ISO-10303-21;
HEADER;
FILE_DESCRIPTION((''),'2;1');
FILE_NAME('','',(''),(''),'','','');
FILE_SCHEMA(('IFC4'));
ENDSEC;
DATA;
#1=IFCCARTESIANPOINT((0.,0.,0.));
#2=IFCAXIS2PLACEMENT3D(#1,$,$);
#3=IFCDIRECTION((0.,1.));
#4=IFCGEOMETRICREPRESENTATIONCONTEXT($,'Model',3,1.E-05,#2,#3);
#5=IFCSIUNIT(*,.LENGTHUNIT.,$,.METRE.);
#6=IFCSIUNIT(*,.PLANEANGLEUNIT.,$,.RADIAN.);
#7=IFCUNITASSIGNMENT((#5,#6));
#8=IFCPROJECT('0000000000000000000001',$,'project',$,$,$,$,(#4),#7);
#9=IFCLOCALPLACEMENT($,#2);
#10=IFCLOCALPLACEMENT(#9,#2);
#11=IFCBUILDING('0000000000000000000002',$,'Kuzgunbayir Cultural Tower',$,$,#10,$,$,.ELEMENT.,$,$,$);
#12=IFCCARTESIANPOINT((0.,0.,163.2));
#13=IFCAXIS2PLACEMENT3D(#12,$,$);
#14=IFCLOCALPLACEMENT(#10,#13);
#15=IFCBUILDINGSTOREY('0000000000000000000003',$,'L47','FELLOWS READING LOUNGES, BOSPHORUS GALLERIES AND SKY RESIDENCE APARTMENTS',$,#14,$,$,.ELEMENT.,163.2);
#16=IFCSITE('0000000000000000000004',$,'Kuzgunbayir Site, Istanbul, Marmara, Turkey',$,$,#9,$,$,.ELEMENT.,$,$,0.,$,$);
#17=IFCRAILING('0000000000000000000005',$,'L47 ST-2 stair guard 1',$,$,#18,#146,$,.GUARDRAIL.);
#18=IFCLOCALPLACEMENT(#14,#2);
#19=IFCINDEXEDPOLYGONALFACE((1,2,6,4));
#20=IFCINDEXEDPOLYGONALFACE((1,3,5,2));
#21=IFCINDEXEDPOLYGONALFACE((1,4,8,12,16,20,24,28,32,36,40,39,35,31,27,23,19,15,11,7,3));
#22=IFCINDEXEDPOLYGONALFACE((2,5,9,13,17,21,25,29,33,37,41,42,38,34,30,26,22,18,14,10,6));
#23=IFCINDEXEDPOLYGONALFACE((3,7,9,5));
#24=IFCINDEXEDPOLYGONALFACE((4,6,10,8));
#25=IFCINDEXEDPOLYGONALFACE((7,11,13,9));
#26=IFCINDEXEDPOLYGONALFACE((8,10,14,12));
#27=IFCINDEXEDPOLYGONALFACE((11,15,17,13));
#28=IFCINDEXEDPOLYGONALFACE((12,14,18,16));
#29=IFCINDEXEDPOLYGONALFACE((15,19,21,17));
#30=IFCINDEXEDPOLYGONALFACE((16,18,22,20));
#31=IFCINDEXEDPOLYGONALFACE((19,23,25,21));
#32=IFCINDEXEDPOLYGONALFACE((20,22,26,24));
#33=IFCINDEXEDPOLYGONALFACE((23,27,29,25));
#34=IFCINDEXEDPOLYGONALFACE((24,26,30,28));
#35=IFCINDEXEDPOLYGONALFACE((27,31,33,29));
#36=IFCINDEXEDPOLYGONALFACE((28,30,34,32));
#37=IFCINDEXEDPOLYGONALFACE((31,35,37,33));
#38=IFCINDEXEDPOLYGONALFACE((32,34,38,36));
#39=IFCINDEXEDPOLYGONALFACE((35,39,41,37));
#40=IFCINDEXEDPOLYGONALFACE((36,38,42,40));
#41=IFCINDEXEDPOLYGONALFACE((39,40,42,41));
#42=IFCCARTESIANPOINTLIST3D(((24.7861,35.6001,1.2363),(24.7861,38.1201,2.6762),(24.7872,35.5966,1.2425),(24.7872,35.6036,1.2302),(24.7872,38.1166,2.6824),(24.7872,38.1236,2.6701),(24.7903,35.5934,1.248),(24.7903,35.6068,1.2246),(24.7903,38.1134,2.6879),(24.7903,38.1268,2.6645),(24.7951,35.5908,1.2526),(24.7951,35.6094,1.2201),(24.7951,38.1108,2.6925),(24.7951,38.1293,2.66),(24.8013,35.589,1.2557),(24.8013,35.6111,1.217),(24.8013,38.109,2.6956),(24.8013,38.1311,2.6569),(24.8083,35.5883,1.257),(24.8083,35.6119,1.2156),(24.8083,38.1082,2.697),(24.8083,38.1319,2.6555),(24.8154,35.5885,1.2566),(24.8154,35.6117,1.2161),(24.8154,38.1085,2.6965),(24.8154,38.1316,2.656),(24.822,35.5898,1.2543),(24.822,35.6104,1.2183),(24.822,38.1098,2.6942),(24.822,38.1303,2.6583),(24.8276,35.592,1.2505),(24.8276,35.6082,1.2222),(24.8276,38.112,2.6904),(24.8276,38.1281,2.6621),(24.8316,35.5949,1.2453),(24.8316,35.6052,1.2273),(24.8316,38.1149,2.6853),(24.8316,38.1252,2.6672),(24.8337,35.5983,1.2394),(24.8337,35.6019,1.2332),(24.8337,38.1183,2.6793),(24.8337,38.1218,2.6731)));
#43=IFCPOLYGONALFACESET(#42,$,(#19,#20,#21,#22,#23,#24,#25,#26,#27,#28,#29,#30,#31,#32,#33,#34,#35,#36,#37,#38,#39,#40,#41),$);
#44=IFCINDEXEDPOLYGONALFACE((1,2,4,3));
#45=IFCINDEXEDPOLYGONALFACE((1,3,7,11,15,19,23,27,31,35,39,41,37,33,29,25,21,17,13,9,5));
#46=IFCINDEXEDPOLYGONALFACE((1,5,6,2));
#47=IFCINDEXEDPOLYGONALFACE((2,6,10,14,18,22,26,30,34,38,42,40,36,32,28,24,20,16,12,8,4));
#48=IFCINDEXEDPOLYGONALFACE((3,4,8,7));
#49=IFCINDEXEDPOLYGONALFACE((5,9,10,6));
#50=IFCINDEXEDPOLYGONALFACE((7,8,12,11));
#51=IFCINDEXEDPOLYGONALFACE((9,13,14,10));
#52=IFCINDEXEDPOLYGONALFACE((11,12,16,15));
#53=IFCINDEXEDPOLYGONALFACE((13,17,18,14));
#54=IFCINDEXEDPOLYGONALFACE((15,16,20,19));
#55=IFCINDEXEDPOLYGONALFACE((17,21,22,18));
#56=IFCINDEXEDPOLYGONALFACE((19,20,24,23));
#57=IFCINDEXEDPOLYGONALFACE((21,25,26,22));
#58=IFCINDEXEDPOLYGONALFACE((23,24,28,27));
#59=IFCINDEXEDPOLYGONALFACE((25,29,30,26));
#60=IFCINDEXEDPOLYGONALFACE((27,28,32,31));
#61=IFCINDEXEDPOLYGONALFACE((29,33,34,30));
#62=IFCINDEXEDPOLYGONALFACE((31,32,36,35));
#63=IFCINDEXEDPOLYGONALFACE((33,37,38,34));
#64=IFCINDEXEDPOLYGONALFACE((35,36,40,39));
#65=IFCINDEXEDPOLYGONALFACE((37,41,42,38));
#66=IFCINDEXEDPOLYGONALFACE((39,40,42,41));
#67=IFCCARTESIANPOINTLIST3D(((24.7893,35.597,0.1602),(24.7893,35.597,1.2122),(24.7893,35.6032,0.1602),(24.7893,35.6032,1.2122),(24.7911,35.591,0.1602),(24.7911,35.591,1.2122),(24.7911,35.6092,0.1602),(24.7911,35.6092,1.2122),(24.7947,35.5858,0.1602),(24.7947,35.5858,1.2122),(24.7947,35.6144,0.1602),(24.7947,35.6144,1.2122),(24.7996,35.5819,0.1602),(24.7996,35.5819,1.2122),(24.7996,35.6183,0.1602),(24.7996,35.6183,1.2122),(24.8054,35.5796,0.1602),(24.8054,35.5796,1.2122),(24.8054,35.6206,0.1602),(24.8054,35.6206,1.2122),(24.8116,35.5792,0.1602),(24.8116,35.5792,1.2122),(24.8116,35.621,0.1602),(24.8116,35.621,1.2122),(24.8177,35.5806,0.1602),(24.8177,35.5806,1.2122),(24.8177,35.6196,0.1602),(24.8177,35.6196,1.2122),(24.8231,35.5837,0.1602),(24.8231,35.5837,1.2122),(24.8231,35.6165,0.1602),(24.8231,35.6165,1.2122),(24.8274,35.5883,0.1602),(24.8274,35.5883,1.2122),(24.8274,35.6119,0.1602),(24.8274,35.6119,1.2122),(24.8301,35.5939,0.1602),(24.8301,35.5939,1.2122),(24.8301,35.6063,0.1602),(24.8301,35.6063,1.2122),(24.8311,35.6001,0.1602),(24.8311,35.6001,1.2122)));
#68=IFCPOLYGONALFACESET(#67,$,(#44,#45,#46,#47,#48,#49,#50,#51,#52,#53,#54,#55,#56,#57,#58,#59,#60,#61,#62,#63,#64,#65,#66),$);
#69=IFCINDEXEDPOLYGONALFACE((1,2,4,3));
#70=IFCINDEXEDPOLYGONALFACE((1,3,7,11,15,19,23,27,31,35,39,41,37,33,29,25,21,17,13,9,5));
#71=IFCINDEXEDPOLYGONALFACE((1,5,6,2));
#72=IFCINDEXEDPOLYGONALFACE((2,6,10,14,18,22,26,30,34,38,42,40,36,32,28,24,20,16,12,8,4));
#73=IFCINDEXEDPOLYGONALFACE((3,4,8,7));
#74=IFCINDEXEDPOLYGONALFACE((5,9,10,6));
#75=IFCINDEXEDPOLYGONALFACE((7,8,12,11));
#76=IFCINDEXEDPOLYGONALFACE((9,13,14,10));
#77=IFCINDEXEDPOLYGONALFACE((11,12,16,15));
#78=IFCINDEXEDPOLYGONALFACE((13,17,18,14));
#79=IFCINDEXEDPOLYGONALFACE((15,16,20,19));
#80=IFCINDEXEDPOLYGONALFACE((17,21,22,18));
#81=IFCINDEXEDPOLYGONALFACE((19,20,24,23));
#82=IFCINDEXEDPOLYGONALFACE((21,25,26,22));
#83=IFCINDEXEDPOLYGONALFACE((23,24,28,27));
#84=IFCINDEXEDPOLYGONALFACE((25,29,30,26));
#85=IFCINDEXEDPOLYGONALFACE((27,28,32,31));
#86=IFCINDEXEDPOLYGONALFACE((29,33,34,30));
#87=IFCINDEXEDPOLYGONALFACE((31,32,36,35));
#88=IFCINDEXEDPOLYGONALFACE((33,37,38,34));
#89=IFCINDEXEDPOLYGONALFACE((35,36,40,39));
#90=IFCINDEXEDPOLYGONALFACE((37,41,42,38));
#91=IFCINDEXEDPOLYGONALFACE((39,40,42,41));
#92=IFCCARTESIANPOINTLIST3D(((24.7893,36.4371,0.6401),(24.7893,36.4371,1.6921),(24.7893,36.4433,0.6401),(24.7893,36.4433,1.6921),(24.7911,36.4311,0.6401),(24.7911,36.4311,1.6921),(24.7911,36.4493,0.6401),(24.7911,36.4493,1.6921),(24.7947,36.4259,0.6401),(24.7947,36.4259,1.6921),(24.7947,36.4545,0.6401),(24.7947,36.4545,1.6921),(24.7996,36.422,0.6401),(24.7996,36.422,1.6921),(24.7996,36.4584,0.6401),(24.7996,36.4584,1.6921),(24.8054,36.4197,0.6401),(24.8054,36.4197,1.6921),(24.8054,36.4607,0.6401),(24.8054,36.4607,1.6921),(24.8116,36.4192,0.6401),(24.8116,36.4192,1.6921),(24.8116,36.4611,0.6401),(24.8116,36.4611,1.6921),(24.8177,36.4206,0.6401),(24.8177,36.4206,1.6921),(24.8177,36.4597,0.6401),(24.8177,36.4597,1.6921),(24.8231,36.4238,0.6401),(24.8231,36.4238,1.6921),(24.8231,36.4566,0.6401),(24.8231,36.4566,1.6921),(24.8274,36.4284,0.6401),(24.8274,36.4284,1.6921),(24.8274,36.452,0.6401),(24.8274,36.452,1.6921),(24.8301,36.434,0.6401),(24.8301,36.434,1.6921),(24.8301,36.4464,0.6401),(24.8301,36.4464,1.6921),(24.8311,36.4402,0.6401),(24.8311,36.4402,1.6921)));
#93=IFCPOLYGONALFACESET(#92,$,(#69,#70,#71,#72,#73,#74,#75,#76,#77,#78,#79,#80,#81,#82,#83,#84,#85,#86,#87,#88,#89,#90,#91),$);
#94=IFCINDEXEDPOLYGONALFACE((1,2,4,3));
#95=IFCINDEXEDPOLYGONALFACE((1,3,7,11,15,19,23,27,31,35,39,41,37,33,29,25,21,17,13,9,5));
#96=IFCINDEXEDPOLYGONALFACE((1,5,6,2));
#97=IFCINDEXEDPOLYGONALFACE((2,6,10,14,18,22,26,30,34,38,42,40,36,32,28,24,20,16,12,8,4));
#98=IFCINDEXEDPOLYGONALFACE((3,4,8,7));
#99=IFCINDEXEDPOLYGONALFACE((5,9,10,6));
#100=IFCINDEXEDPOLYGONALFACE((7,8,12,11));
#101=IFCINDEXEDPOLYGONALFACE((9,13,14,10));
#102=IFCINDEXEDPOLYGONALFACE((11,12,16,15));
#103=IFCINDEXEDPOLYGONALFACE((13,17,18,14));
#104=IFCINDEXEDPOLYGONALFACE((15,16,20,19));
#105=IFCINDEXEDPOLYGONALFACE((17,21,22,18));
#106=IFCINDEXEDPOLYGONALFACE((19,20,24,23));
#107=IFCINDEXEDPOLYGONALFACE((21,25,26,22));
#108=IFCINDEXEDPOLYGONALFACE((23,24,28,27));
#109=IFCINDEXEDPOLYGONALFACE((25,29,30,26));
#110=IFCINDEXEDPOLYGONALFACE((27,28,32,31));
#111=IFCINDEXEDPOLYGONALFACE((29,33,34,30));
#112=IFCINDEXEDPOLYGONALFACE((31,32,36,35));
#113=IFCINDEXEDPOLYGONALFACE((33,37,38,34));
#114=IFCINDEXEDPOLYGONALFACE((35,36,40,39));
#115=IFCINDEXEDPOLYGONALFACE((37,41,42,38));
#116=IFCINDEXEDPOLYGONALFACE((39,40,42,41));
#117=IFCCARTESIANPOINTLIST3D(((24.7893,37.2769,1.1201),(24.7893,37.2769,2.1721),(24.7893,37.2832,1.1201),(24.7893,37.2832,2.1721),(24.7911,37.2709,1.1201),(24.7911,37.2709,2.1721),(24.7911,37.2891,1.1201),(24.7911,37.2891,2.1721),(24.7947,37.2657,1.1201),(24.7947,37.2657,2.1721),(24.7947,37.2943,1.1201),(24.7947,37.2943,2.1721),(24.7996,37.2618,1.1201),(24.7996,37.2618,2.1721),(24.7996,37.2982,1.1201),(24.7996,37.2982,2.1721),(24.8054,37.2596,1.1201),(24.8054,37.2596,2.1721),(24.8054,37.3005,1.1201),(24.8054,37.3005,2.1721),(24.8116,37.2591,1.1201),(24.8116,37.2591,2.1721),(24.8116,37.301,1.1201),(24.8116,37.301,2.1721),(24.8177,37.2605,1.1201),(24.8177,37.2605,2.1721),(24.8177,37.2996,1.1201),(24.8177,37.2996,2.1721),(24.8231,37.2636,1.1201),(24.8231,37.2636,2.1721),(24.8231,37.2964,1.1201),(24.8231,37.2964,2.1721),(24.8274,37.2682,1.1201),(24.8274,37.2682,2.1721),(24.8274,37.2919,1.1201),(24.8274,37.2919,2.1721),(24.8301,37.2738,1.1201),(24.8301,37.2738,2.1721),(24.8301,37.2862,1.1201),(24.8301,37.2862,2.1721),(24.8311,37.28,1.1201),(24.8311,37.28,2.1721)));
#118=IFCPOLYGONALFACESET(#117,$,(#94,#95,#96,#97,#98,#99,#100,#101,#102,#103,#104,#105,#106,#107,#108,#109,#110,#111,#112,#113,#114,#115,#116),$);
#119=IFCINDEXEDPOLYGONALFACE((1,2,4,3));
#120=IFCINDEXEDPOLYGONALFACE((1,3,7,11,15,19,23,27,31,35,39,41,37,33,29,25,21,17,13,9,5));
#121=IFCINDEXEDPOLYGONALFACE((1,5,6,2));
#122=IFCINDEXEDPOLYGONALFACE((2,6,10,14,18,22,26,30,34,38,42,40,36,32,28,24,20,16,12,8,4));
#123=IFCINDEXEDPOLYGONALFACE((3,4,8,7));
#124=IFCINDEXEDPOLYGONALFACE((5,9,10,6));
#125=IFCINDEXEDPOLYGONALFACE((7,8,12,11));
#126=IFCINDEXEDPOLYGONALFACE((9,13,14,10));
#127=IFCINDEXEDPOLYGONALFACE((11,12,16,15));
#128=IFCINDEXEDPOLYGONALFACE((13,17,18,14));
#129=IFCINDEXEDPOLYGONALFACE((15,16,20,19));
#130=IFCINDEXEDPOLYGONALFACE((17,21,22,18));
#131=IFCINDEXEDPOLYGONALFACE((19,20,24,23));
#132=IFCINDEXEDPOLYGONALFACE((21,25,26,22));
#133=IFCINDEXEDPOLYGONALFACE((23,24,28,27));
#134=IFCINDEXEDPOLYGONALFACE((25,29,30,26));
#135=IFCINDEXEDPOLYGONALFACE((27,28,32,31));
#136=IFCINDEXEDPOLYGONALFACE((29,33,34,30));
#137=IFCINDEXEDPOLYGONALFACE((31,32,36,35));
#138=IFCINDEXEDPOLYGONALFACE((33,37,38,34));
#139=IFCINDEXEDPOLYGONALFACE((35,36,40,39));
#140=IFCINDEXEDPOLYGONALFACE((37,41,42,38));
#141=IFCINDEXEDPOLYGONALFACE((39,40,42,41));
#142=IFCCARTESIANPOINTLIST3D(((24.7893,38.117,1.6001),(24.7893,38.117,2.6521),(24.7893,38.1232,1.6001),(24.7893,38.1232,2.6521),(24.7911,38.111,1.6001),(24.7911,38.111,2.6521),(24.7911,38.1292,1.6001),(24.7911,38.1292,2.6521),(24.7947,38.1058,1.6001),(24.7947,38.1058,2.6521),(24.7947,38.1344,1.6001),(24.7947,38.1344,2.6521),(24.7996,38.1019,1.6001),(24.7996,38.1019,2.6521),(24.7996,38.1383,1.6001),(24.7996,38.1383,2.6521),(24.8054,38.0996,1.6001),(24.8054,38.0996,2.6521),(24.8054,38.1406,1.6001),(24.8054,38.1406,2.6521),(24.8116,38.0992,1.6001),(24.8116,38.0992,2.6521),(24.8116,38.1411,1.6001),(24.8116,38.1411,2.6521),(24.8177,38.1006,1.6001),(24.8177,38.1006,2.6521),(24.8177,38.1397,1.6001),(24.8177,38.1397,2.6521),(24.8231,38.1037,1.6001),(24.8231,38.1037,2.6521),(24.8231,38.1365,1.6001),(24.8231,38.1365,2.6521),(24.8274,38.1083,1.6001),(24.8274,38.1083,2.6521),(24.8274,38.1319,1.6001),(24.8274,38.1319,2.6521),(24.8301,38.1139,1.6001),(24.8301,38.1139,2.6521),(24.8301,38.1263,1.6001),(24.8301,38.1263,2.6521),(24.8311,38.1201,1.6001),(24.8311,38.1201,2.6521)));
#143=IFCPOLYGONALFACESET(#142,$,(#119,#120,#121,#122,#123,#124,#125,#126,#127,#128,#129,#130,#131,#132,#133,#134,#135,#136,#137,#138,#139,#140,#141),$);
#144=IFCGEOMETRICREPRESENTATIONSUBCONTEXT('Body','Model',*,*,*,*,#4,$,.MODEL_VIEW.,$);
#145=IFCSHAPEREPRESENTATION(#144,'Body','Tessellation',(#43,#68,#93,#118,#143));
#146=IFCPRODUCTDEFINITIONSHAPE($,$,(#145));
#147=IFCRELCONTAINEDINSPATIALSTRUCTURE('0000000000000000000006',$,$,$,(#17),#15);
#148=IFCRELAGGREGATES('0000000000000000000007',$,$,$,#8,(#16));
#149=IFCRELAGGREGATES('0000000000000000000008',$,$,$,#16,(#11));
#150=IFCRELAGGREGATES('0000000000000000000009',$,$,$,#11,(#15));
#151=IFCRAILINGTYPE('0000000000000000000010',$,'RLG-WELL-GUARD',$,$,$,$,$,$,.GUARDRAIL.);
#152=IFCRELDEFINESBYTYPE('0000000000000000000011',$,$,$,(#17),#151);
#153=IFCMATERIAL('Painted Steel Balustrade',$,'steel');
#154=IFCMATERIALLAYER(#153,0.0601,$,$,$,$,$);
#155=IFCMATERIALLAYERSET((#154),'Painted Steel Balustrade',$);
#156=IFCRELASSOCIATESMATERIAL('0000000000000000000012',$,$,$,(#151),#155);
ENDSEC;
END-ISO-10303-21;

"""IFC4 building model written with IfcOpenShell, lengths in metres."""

from ifc_helpers import new_model, si_unit, direction, frame, origin, origin_2d, place, context, subcontext, project, spatial, circle, extrude, material, layer, layer_set, type_object, element, save


model = new_model("IFC4")

# Units and contexts
model_context = context("Model", 3, precision=1e-05, world=origin(), true_north=direction((0.0, 1.0)))
body_context = subcontext(model_context, "Body", "Model", "MODEL_VIEW")
ifc_project = project(units=[si_unit("LENGTHUNIT", "METRE"), si_unit("PLANEANGLEUNIT", "RADIAN")], contexts=[model_context])

# Site, building, storey
site_placement = place(None, origin())
site = spatial("IfcSite", under=ifc_project, at=site_placement, Name="Kuzgunbayir Site, Istanbul, Marmara, Turkey", CompositionType="ELEMENT", RefElevation=0.0)
building_placement = place(site_placement, origin())
building = spatial("IfcBuilding", under=site, at=building_placement, Name="Kuzgunbayir Cultural Tower", CompositionType="ELEMENT")
storey_placement = place(building_placement, frame((0.0, 0.0, 163.2)))
storey = spatial("IfcBuildingStorey", under=building, at=storey_placement, Name="L47", Description="FELLOWS READING LOUNGES, BOSPHORUS GALLERIES AND SKY RESIDENCE APARTMENTS", CompositionType="ELEMENT", Elevation=163.2)

# Railing
ifc_material_1 = material(Name="Painted Steel Balustrade", Category="steel")
ifc_layer_1 = layer(ifc_material_1, 0.0601)
ifc_layer_set_1 = layer_set([ifc_layer_1], Name="Painted Steel Balustrade")
railing_type_1 = type_object("IfcRailingType", Name="RLG-WELL-GUARD", PredefinedType="GUARDRAIL", material=ifc_layer_set_1)
railing_1_placement = place(storey_placement, frame((24.8101, 35.6001, 0.1602)))
element("IfcRailing", 1, at=railing_1_placement, inside=storey, type_object=railing_type_1, Name="L47 ST-2 stair guard 1", PredefinedType="GUARDRAIL", context=body_context, shape_type="SweptSolid", body=[
    extrude(circle(Radius=0.0239, at=origin_2d()), frame((0.0, 0.0, 1.0762), z_axis=(0.0, 0.868253, 0.496121), x_axis=(-1.0, 0.0, 0.0)), (0.0, 0.0, 1.0), 2.9023),
    extrude(circle(Radius=0.021, at=origin_2d()), origin(), (0.0, 0.0, 1.0), 1.052),
    extrude(circle(Radius=0.021, at=origin_2d()), frame((0.0, 0.8401, 0.48)), (0.0, 0.0, 1.0), 1.052),
    extrude(circle(Radius=0.021, at=origin_2d()), frame((0.0, 1.6799, 0.96)), (0.0, 0.0, 1.0), 1.052),
    extrude(circle(Radius=0.021, at=origin_2d()), frame((0.0, 2.52, 1.4399)), (0.0, 0.0, 1.0), 1.052),
])

save(model, "model.ifc")
